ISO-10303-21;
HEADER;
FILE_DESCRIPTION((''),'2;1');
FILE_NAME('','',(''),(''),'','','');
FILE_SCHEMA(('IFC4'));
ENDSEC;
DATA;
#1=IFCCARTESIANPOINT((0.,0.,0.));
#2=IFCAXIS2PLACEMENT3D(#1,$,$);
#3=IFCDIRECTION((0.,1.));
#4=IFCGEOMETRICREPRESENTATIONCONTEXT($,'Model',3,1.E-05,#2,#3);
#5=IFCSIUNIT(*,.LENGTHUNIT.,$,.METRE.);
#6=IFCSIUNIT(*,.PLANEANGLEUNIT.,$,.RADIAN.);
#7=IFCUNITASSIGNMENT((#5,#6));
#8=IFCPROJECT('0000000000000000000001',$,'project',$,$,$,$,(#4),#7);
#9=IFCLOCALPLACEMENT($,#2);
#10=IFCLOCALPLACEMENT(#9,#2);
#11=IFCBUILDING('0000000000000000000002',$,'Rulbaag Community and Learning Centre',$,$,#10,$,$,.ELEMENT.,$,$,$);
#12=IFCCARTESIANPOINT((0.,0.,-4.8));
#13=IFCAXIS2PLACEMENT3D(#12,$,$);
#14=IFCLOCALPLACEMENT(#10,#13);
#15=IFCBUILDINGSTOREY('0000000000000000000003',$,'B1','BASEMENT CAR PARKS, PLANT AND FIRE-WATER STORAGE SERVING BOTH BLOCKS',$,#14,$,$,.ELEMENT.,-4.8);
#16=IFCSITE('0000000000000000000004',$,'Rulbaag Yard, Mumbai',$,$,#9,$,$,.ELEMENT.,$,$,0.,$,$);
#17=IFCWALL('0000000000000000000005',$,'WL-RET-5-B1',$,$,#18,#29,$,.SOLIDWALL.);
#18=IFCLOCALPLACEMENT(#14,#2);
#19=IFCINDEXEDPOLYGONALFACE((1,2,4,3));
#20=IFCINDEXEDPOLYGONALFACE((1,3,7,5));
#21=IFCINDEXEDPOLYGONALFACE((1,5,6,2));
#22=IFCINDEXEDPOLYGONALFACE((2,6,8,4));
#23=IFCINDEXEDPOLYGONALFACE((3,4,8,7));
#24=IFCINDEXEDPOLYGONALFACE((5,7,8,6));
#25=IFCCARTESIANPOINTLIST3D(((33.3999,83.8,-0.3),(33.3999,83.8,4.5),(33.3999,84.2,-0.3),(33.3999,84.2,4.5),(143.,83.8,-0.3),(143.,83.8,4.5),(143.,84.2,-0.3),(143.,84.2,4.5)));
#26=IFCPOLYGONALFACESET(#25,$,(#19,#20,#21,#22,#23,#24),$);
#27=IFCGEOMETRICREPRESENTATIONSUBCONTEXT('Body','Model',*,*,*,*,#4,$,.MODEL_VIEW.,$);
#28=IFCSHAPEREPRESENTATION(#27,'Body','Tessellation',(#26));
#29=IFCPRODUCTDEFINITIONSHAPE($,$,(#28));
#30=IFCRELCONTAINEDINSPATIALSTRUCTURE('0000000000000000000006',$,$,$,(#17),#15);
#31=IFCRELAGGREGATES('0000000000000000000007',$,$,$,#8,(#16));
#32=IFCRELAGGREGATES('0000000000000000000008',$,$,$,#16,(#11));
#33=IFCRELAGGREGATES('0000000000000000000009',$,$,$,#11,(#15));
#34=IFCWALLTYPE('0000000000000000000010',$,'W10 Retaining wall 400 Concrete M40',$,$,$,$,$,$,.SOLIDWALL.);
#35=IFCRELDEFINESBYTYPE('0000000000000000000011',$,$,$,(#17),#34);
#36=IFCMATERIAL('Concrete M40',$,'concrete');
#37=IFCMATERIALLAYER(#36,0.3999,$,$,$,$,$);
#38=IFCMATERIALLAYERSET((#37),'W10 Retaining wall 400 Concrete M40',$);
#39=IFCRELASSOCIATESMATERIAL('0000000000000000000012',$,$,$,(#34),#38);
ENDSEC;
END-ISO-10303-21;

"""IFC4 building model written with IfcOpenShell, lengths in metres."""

from ifc_helpers import new_model, si_unit, direction, frame, frame_2d, origin, place, context, subcontext, project, spatial, rectangle, extrude, material, layer, layer_set, type_object, element, save


model = new_model("IFC4")

# Units and contexts
model_context = context("Model", 3, precision=1e-05, world=origin(), true_north=direction((0.0, 1.0)))
body_context = subcontext(model_context, "Body", "Model", "MODEL_VIEW")
ifc_project = project(units=[si_unit("LENGTHUNIT", "METRE"), si_unit("PLANEANGLEUNIT", "RADIAN")], contexts=[model_context])

# Site, building, storey
site_placement = place(None, origin())
site = spatial("IfcSite", under=ifc_project, at=site_placement, Name="Rulbaag Yard, Mumbai", CompositionType="ELEMENT", RefElevation=0.0)
building_placement = place(site_placement, origin())
building = spatial("IfcBuilding", under=site, at=building_placement, Name="Rulbaag Community and Learning Centre", CompositionType="ELEMENT")
storey_placement = place(building_placement, frame((0.0, 0.0, -4.8)))
storey = spatial("IfcBuildingStorey", under=building, at=storey_placement, Name="B1", Description="BASEMENT CAR PARKS, PLANT AND FIRE-WATER STORAGE SERVING BOTH BLOCKS", CompositionType="ELEMENT", Elevation=-4.8)

# Shared definitions
ifc_material_1 = material(Name="Concrete M40", Category="concrete")

# Wall
ifc_layer_1 = layer(ifc_material_1, 0.3999)
ifc_layer_set_1 = layer_set([ifc_layer_1], Name="W10 Retaining wall 400 Concrete M40")
wall_type_1 = type_object("IfcWallType", Name="W10 Retaining wall 400 Concrete M40", PredefinedType="SOLIDWALL", material=ifc_layer_set_1)
wall_1_placement = place(storey_placement, frame((143.0, 84.0, -0.3), z_axis=(0.0, 0.0, 1.0), x_axis=(-1.0, 0.0, 0.0)))
element("IfcWall", 1, at=wall_1_placement, inside=storey, type_object=wall_type_1, Name="WL-RET-5-B1", PredefinedType="SOLIDWALL", context=body_context, shape_type="SweptSolid", body=[
    extrude(rectangle(XDim=109.6001, YDim=0.3999, at=frame_2d((54.8, 0.0))), origin(), (0.0, 0.0, 1.0), 4.8),
])

save(model, "model.ifc")
